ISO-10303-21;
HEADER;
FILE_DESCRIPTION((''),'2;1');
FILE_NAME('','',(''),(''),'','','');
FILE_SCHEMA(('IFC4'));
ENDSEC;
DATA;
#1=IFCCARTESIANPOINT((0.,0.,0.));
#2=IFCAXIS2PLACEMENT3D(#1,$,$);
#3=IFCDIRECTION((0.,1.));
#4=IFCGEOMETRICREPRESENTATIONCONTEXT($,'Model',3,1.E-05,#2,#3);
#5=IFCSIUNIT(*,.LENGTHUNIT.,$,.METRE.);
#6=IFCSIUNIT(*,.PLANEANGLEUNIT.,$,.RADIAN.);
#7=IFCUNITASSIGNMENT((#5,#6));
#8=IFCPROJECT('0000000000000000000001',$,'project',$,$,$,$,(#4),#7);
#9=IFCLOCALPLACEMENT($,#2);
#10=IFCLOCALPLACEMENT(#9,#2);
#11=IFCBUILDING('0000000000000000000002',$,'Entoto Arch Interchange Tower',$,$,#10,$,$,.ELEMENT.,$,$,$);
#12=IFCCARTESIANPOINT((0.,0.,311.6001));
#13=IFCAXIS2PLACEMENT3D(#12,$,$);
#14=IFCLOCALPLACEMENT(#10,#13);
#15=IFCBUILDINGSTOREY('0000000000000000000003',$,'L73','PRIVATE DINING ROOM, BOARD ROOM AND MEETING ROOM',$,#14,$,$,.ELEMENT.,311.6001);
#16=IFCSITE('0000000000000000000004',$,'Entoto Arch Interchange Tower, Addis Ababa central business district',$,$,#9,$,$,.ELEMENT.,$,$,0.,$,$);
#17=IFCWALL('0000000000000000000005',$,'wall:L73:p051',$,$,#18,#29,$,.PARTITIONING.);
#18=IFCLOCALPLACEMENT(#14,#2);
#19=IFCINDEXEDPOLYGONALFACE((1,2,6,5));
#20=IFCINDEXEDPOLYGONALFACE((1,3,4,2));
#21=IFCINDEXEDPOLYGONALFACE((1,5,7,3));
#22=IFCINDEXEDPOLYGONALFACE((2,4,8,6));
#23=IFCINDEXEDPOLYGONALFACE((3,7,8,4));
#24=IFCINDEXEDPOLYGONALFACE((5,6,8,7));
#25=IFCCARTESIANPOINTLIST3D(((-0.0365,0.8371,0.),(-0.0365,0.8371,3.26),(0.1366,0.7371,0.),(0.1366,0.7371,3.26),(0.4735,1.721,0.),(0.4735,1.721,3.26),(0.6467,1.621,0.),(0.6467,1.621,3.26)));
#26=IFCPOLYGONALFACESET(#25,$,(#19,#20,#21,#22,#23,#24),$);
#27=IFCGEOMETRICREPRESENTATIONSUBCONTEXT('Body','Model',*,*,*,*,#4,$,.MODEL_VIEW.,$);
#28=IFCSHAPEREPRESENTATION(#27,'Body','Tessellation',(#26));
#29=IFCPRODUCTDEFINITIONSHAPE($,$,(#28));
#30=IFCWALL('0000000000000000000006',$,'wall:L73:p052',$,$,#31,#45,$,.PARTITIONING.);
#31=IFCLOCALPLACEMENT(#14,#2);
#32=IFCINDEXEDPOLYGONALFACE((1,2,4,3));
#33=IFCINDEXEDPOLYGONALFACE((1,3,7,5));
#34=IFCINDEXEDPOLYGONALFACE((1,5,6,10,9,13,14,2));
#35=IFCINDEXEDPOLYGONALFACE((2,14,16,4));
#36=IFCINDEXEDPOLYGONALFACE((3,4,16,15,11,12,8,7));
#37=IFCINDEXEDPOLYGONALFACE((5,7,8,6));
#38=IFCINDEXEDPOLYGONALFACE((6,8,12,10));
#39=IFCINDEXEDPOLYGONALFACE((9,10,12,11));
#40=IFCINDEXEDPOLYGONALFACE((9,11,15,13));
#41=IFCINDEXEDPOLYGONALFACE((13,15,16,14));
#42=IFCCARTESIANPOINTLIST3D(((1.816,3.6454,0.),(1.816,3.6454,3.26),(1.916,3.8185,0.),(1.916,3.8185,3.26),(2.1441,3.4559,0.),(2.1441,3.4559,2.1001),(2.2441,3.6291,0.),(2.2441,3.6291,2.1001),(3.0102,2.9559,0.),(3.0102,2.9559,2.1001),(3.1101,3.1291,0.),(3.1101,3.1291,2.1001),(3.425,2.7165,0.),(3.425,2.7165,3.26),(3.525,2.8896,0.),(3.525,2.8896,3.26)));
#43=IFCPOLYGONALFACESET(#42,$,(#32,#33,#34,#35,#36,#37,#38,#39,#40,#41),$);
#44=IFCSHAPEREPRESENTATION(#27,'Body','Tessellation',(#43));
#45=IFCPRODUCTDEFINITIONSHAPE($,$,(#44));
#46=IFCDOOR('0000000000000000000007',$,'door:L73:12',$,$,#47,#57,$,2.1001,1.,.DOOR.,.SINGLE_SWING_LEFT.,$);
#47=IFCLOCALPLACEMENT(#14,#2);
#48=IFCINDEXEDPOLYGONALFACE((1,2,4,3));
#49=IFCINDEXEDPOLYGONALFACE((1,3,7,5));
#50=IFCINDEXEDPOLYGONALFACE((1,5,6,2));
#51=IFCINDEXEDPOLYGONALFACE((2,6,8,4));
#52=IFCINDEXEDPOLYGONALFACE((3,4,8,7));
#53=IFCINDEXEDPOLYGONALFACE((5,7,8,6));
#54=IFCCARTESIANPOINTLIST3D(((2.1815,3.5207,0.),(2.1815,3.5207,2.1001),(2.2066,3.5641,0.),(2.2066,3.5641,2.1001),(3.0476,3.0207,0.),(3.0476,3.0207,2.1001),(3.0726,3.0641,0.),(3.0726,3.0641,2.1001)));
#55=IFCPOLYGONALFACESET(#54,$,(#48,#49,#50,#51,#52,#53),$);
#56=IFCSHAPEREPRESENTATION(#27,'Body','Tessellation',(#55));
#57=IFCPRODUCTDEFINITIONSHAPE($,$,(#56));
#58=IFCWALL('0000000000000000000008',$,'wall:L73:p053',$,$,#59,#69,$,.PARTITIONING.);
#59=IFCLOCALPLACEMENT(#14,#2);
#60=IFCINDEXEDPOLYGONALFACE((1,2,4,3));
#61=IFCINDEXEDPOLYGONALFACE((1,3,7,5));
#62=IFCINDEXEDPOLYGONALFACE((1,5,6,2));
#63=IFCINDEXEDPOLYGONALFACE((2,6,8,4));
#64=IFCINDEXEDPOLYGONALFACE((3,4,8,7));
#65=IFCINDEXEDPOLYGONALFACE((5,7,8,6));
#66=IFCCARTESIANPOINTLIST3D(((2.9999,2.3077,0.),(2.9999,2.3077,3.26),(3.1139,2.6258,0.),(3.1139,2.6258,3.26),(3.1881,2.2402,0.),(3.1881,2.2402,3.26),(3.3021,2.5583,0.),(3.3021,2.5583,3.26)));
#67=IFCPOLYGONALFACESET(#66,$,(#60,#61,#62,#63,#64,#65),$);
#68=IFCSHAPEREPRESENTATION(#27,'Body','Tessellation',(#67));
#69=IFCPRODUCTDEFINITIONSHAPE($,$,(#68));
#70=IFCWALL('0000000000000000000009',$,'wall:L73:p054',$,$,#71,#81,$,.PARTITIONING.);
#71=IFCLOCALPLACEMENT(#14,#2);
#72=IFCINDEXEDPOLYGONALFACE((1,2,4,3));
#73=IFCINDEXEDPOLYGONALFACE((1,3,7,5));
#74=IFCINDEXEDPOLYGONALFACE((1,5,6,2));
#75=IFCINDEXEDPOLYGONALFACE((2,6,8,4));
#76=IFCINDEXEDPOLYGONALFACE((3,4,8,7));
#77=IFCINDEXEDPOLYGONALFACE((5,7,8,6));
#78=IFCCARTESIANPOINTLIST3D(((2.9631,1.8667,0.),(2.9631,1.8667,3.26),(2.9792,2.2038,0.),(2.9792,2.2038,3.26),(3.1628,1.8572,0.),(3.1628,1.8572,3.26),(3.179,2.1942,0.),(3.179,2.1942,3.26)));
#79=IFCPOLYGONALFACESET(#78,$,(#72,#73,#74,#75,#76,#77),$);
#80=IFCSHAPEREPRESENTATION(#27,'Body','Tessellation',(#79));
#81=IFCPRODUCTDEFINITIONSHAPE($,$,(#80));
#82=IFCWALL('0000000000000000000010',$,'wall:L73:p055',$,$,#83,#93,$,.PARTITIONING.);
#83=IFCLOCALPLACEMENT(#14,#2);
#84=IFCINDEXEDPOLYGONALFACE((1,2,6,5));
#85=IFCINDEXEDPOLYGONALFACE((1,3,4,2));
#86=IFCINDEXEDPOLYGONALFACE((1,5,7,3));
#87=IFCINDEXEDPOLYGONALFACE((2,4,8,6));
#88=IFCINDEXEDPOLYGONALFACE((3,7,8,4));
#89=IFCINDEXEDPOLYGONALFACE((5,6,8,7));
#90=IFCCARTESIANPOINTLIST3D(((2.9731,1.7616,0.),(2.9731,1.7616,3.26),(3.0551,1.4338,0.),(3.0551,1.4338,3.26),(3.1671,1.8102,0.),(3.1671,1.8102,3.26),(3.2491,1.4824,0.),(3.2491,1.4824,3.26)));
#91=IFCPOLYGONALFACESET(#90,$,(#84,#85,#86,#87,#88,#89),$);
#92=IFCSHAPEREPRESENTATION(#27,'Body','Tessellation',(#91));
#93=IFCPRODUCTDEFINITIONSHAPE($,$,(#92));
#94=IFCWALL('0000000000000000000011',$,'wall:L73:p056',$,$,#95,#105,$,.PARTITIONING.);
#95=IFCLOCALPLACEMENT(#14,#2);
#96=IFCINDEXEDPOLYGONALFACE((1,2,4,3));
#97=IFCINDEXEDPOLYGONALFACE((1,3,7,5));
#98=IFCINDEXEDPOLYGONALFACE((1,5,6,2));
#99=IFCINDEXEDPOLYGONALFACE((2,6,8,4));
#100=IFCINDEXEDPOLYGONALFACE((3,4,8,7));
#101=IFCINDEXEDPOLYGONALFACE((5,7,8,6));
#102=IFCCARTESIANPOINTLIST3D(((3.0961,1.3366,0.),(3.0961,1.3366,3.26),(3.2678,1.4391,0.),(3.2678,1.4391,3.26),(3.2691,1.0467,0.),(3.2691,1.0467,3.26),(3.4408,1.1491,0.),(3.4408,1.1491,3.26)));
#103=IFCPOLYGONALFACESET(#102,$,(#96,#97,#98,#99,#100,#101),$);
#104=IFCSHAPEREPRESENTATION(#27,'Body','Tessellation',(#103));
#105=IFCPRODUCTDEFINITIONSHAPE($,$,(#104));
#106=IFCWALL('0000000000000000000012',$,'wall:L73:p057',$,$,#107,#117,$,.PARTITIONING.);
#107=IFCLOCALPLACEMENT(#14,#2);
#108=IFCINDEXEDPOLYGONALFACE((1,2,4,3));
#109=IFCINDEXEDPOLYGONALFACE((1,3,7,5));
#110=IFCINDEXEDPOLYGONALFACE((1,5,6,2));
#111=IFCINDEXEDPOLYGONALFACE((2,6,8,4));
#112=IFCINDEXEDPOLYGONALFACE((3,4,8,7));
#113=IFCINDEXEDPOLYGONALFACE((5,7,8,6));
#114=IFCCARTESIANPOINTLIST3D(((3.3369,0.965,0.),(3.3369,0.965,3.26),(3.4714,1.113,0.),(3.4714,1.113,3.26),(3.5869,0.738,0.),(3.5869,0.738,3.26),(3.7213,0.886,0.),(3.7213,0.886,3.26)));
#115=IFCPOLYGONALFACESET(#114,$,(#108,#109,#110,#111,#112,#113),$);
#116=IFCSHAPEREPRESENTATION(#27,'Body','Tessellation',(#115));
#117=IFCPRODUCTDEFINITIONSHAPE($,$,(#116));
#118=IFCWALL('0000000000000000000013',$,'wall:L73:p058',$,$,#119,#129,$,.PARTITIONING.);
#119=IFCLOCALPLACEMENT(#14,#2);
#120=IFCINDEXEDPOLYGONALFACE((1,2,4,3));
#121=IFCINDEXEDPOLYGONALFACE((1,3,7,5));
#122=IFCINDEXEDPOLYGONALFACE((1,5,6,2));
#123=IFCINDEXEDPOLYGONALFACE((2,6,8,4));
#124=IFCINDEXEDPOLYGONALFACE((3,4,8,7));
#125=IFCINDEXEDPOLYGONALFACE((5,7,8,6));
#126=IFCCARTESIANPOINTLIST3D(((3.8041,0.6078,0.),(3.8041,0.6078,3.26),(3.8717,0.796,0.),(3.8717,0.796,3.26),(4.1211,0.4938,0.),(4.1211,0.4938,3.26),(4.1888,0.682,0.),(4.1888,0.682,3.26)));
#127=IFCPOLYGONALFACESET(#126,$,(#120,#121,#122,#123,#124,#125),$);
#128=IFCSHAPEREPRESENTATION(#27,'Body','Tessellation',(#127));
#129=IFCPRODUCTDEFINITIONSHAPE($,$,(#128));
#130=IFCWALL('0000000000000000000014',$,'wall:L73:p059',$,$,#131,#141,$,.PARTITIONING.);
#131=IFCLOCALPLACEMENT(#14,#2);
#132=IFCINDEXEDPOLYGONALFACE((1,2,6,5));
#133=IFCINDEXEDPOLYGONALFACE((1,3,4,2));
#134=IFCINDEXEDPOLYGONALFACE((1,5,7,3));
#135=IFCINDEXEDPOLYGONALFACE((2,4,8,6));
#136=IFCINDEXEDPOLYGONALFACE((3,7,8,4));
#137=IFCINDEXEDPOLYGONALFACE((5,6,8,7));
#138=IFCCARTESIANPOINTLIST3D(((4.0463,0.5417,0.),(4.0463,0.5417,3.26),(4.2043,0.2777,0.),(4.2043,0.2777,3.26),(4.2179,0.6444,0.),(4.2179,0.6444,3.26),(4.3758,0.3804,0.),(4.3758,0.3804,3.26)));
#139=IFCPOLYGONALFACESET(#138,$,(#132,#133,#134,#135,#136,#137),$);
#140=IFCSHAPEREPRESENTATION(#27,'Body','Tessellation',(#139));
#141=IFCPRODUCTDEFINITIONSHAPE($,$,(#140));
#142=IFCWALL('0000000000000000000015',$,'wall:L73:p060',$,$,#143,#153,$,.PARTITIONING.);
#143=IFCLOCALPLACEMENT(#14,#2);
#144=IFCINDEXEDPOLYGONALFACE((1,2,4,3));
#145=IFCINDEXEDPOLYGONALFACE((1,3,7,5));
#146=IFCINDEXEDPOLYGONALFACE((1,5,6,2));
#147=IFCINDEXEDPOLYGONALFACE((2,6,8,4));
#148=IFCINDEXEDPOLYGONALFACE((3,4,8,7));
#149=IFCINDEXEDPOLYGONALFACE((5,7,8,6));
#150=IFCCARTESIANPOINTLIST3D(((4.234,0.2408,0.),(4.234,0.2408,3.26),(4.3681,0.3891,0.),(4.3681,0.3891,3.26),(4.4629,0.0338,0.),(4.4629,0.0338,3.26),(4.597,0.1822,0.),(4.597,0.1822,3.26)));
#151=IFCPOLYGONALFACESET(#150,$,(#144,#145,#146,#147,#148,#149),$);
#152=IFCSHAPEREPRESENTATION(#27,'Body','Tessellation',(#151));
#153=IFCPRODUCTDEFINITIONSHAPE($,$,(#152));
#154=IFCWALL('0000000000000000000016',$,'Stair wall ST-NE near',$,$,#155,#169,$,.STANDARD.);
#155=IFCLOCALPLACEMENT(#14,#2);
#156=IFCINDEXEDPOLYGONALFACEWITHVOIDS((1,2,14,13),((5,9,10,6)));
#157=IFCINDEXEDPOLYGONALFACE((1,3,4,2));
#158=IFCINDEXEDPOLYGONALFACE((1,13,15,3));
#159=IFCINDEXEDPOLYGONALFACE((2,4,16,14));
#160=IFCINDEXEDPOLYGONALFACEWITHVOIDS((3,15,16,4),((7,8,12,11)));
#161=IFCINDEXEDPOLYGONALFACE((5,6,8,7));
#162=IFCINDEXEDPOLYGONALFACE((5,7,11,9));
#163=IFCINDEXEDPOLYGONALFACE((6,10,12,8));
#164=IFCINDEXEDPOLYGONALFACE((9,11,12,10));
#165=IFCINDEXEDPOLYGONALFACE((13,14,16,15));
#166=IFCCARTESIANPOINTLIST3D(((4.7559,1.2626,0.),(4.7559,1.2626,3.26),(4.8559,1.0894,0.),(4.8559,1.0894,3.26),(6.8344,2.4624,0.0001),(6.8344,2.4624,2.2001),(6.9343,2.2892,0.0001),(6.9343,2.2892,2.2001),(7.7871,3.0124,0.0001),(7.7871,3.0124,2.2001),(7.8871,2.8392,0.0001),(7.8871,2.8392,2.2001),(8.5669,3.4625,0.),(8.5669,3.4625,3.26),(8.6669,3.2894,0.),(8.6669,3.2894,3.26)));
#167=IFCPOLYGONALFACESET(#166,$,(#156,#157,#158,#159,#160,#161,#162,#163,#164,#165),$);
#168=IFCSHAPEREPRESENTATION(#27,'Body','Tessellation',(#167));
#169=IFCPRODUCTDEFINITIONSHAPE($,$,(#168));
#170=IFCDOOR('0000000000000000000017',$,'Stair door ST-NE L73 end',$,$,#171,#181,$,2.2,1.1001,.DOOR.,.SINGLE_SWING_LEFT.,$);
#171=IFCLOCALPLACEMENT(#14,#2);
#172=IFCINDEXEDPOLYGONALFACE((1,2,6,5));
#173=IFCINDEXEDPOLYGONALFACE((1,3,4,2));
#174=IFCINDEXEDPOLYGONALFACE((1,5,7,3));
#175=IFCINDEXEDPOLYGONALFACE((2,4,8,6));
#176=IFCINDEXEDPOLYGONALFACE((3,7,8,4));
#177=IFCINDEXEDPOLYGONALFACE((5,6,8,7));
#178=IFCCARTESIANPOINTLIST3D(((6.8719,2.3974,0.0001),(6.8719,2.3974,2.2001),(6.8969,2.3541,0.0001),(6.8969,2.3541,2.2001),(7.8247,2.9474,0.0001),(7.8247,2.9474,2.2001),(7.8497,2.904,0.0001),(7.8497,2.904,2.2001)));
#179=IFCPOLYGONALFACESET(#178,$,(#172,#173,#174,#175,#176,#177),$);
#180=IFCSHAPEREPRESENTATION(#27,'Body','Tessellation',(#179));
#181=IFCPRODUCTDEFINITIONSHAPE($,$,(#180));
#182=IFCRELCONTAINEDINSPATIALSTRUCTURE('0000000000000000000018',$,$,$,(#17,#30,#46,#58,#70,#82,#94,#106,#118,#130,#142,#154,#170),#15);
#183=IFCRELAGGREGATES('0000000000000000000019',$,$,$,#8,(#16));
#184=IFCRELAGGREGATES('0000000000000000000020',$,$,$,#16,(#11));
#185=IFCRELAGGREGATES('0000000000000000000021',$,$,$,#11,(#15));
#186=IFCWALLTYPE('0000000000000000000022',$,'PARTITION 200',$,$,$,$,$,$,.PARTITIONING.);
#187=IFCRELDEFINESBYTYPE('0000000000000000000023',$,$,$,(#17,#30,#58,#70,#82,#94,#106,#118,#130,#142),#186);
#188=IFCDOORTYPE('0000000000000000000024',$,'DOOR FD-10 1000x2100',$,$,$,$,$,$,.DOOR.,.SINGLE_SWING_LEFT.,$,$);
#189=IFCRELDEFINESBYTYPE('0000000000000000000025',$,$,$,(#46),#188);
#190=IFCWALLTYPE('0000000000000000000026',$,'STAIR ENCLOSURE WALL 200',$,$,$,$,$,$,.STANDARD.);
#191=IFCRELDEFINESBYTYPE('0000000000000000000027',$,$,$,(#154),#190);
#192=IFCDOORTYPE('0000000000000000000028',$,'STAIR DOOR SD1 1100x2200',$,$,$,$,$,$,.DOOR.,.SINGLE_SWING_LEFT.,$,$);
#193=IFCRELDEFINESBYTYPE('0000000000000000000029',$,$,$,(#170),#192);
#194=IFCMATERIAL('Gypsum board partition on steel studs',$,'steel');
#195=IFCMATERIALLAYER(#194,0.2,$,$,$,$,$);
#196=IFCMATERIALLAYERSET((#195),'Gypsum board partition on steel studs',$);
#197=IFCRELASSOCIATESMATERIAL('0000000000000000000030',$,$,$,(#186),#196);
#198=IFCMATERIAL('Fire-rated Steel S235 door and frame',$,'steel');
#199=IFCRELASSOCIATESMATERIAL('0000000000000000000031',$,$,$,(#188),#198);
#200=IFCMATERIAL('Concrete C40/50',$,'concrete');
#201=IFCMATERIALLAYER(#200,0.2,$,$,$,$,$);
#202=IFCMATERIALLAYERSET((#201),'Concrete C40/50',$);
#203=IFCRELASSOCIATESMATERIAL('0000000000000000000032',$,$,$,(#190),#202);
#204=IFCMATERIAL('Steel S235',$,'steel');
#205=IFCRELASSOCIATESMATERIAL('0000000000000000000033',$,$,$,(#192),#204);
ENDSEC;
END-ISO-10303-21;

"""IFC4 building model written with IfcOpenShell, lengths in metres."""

from ifc_helpers import new_model, si_unit, direction, frame, frame_2d, origin, place, context, subcontext, project, spatial, rectangle, extrude, material, layer, layer_set, type_object, element, fill, save


model = new_model("IFC4")

# Units and contexts
model_context = context("Model", 3, precision=1e-05, world=origin(), true_north=direction((0.0, 1.0)))
body_context = subcontext(model_context, "Body", "Model", "MODEL_VIEW")
ifc_project = project(units=[si_unit("LENGTHUNIT", "METRE"), si_unit("PLANEANGLEUNIT", "RADIAN")], contexts=[model_context])

# Site, building, storey
site_placement = place(None, origin())
site = spatial("IfcSite", under=ifc_project, at=site_placement, Name="Entoto Arch Interchange Tower, Addis Ababa central business district", CompositionType="ELEMENT", RefElevation=0.0)
building_placement = place(site_placement, origin())
building = spatial("IfcBuilding", under=site, at=building_placement, Name="Entoto Arch Interchange Tower", CompositionType="ELEMENT")
storey_placement = place(building_placement, frame((0.0, 0.0, 311.6001)))
storey = spatial("IfcBuildingStorey", under=building, at=storey_placement, Name="L73", Description="PRIVATE DINING ROOM, BOARD ROOM AND MEETING ROOM", CompositionType="ELEMENT", Elevation=311.6001)

# Shared definitions
ifc_material_1 = material(Name="Concrete C40/50", Category="concrete")

# Shared definitions
ifc_material_2 = material(Name="Gypsum board partition on steel studs", Category="steel")
ifc_layer_1 = layer(ifc_material_2, 0.2)
ifc_layer_set_1 = layer_set([ifc_layer_1], Name="Gypsum board partition on steel studs")
wall_type_1 = type_object("IfcWallType", Name="PARTITION 200", PredefinedType="PARTITIONING", material=ifc_layer_set_1)

# Wall
wall_1_placement = place(storey_placement, frame((0.05, 0.7871, 0.0), z_axis=(0.0, 0.0, 1.0), x_axis=(0.499819, 0.86613, 0.0)))
element("IfcWall", 1, at=wall_1_placement, inside=storey, type_object=wall_type_1, Name="wall:L73:p051", PredefinedType="PARTITIONING", context=body_context, shape_type="SweptSolid", body=[
    extrude(rectangle(XDim=1.0205, YDim=0.2, at=frame_2d((0.5103, 0.0))), origin(), (0.0, 0.0, 1.0), 3.26),
])

# Wall, opening, door
wall_2_placement = place(storey_placement, frame((1.866, 3.7319, 0.0), z_axis=(0.0, 0.0, 1.0), x_axis=(0.866043, -0.499969, 0.0)))
wall_2 = element("IfcWall", 2, at=wall_2_placement, inside=storey, type_object=wall_type_1, Name="wall:L73:p052", PredefinedType="PARTITIONING", context=body_context, shape_type="SweptSolid", body=[
    extrude(rectangle(XDim=1.8579, YDim=0.2, at=frame_2d((0.929, 0.0))), origin(), (0.0, 0.0, 1.0), 3.26),
])
opening_1_placement = place(wall_2_placement, frame((0.3789, 0.0, 0.0)))
opening_1 = element("IfcOpeningElement", 3, at=opening_1_placement, cuts=wall_2, PredefinedType="OPENING", context=body_context, shape_type="SweptSolid", body=[
    extrude(rectangle(XDim=1.0, YDim=2.1001, at=frame_2d((0.5, 1.05))), frame((0.0, 0.1099, 0.0), z_axis=(0.0, -1.0, 0.0), x_axis=(1.0, 0.0, 0.0)), (0.0, 0.0, 1.0), 0.22),
])
ifc_material_3 = material(Name="Fire-rated Steel S235 door and frame", Category="steel")
door_type_1 = type_object("IfcDoorType", Name="DOOR FD-10 1000x2100", OperationType="SINGLE_SWING_LEFT", PredefinedType="DOOR", material=ifc_material_3)
door_1_placement = place(opening_1_placement, origin())
door_1 = element("IfcDoor", 4, at=door_1_placement, inside=storey, type_object=door_type_1, Name="door:L73:12", OperationType="SINGLE_SWING_LEFT", OverallHeight=2.1001, OverallWidth=1.0, PredefinedType="DOOR", context=body_context, shape_type="SweptSolid", body=[
    extrude(rectangle(XDim=1.0, YDim=2.1001, at=frame_2d((0.5, 1.05))), frame((0.0, 0.0249, 0.0), z_axis=(0.0, -1.0, 0.0), x_axis=(1.0, 0.0, 0.0)), (0.0, 0.0, 1.0), 0.05),
])
fill(opening_1, door_1)

# Walls
wall_3_placement = place(storey_placement, frame((3.208, 2.592, 0.0), z_axis=(0.0, 0.0, 1.0), x_axis=(-0.337389, -0.941365, 0.0)))
element("IfcWall", 5, at=wall_3_placement, inside=storey, type_object=wall_type_1, Name="wall:L73:p053", PredefinedType="PARTITIONING", context=body_context, shape_type="SweptSolid", body=[
    extrude(rectangle(XDim=0.3379, YDim=0.2, at=frame_2d((0.1689, 0.0))), origin(), (0.0, 0.0, 1.0), 3.26),
])
wall_4_placement = place(storey_placement, frame((3.0791, 2.199, 0.0), z_axis=(0.0, 0.0, 1.0), x_axis=(-0.047771, -0.998858, 0.0)))
element("IfcWall", 6, at=wall_4_placement, inside=storey, type_object=wall_type_1, Name="wall:L73:p054", PredefinedType="PARTITIONING", context=body_context, shape_type="SweptSolid", body=[
    extrude(rectangle(XDim=0.3374, YDim=0.2, at=frame_2d((0.1687, 0.0))), origin(), (0.0, 0.0, 1.0), 3.26),
])
wall_5_placement = place(storey_placement, frame((3.0701, 1.7859, 0.0), z_axis=(0.0, 0.0, 1.0), x_axis=(0.242706, -0.9701, 0.0)))
element("IfcWall", 7, at=wall_5_placement, inside=storey, type_object=wall_type_1, Name="wall:L73:p055", PredefinedType="PARTITIONING", context=body_context, shape_type="SweptSolid", body=[
    extrude(rectangle(XDim=0.3379, YDim=0.2, at=frame_2d((0.1689, 0.0))), origin(), (0.0, 0.0, 1.0), 3.26),
])
for number, where, z_axis, x_axis, name in (
    (8, (3.1819, 1.3879, 0.0), (0.0, 0.0, 1.0), (0.512475, -0.858702, 0.0), "wall:L73:p056"),
    (9, (3.4041, 1.0391, 0.0), (0.0, 0.0, 1.0), (0.740267, -0.672313, 0.0), "wall:L73:p057"),
):
    element("IfcWall", number, at=place(storey_placement, frame(where, z_axis=z_axis, x_axis=x_axis)), inside=storey, type_object=wall_type_1, Name=name, PredefinedType="PARTITIONING", context=body_context, shape_type="SweptSolid", body=[
        extrude(rectangle(XDim=0.3376, YDim=0.2, at=frame_2d((0.1689, 0.0))), origin(), (0.0, 0.0, 1.0), 3.26),
    ])
wall_6_placement = place(storey_placement, frame((3.8379, 0.7019, 0.0), z_axis=(0.0, 0.0, 1.0), x_axis=(0.941035, -0.338309, 0.0)))
element("IfcWall", 10, at=wall_6_placement, inside=storey, type_object=wall_type_1, Name="wall:L73:p058", PredefinedType="PARTITIONING", context=body_context, shape_type="SweptSolid", body=[
    extrude(rectangle(XDim=0.3369, YDim=0.2, at=frame_2d((0.1685, 0.0))), origin(), (0.0, 0.0, 1.0), 3.26),
])
wall_7_placement = place(storey_placement, frame((4.1321, 0.593, 0.0), z_axis=(0.0, 0.0, 1.0), x_axis=(0.513562, -0.858053, 0.0)))
element("IfcWall", 11, at=wall_7_placement, inside=storey, type_object=wall_type_1, Name="wall:L73:p059", PredefinedType="PARTITIONING", context=body_context, shape_type="SweptSolid", body=[
    extrude(rectangle(XDim=0.3076, YDim=0.2, at=frame_2d((0.1538, 0.0))), origin(), (0.0, 0.0, 1.0), 3.26),
])
wall_8_placement = place(storey_placement, frame((4.301, 0.3149, 0.0), z_axis=(0.0, 0.0, 1.0), x_axis=(0.741798, -0.670623, 0.0)))
element("IfcWall", 12, at=wall_8_placement, inside=storey, type_object=wall_type_1, Name="wall:L73:p060", PredefinedType="PARTITIONING", context=body_context, shape_type="SweptSolid", body=[
    extrude(rectangle(XDim=0.3086, YDim=0.2, at=frame_2d((0.1543, 0.0))), origin(), (0.0, 0.0, 1.0), 3.26),
])

# Wall, opening, door
ifc_layer_2 = layer(ifc_material_1, 0.2)
ifc_layer_set_2 = layer_set([ifc_layer_2], Name="Concrete C40/50")
wall_type_2 = type_object("IfcWallType", Name="STAIR ENCLOSURE WALL 200", PredefinedType="STANDARD", material=ifc_layer_set_2)
wall_9_placement = place(storey_placement, frame((4.8059, 1.176, 0.0), z_axis=(0.0, 0.0, 1.0), x_axis=(0.86606, 0.49994, 0.0)))
wall_9 = element("IfcWall", 13, at=wall_9_placement, inside=storey, type_object=wall_type_2, Name="Stair wall ST-NE near", PredefinedType="STANDARD", context=body_context, shape_type="SweptSolid", body=[
    extrude(rectangle(XDim=4.4004, YDim=0.2, at=frame_2d((2.2002, 0.0))), origin(), (0.0, 0.0, 1.0), 3.26),
])
opening_2_placement = place(wall_9_placement, frame((2.3999, 0.0, 0.0)))
opening_2 = element("IfcOpeningElement", 14, at=opening_2_placement, cuts=wall_9, PredefinedType="OPENING", context=body_context, shape_type="SweptSolid", body=[
    extrude(rectangle(XDim=1.1001, YDim=2.2, at=frame_2d((0.55, 1.1001))), frame((0.0, 0.1099, 0.0), z_axis=(0.0, -1.0, 0.0), x_axis=(1.0, 0.0, 0.0)), (0.0, 0.0, 1.0), 0.22),
])
ifc_material_4 = material(Name="Steel S235", Category="steel")
door_type_2 = type_object("IfcDoorType", Name="STAIR DOOR SD1 1100x2200", OperationType="SINGLE_SWING_LEFT", PredefinedType="DOOR", material=ifc_material_4)
door_2_placement = place(opening_2_placement, origin())
door_2 = element("IfcDoor", 15, at=door_2_placement, inside=storey, type_object=door_type_2, Name="Stair door ST-NE L73 end", OperationType="SINGLE_SWING_LEFT", OverallHeight=2.2, OverallWidth=1.1001, PredefinedType="DOOR", context=body_context, shape_type="SweptSolid", body=[
    extrude(rectangle(XDim=1.1001, YDim=2.2, at=frame_2d((0.55, 1.1001))), frame((0.0, 0.0249, 0.0), z_axis=(0.0, -1.0, 0.0), x_axis=(1.0, 0.0, 0.0)), (0.0, 0.0, 1.0), 0.05),
])
fill(opening_2, door_2)

save(model, "model.ifc")
